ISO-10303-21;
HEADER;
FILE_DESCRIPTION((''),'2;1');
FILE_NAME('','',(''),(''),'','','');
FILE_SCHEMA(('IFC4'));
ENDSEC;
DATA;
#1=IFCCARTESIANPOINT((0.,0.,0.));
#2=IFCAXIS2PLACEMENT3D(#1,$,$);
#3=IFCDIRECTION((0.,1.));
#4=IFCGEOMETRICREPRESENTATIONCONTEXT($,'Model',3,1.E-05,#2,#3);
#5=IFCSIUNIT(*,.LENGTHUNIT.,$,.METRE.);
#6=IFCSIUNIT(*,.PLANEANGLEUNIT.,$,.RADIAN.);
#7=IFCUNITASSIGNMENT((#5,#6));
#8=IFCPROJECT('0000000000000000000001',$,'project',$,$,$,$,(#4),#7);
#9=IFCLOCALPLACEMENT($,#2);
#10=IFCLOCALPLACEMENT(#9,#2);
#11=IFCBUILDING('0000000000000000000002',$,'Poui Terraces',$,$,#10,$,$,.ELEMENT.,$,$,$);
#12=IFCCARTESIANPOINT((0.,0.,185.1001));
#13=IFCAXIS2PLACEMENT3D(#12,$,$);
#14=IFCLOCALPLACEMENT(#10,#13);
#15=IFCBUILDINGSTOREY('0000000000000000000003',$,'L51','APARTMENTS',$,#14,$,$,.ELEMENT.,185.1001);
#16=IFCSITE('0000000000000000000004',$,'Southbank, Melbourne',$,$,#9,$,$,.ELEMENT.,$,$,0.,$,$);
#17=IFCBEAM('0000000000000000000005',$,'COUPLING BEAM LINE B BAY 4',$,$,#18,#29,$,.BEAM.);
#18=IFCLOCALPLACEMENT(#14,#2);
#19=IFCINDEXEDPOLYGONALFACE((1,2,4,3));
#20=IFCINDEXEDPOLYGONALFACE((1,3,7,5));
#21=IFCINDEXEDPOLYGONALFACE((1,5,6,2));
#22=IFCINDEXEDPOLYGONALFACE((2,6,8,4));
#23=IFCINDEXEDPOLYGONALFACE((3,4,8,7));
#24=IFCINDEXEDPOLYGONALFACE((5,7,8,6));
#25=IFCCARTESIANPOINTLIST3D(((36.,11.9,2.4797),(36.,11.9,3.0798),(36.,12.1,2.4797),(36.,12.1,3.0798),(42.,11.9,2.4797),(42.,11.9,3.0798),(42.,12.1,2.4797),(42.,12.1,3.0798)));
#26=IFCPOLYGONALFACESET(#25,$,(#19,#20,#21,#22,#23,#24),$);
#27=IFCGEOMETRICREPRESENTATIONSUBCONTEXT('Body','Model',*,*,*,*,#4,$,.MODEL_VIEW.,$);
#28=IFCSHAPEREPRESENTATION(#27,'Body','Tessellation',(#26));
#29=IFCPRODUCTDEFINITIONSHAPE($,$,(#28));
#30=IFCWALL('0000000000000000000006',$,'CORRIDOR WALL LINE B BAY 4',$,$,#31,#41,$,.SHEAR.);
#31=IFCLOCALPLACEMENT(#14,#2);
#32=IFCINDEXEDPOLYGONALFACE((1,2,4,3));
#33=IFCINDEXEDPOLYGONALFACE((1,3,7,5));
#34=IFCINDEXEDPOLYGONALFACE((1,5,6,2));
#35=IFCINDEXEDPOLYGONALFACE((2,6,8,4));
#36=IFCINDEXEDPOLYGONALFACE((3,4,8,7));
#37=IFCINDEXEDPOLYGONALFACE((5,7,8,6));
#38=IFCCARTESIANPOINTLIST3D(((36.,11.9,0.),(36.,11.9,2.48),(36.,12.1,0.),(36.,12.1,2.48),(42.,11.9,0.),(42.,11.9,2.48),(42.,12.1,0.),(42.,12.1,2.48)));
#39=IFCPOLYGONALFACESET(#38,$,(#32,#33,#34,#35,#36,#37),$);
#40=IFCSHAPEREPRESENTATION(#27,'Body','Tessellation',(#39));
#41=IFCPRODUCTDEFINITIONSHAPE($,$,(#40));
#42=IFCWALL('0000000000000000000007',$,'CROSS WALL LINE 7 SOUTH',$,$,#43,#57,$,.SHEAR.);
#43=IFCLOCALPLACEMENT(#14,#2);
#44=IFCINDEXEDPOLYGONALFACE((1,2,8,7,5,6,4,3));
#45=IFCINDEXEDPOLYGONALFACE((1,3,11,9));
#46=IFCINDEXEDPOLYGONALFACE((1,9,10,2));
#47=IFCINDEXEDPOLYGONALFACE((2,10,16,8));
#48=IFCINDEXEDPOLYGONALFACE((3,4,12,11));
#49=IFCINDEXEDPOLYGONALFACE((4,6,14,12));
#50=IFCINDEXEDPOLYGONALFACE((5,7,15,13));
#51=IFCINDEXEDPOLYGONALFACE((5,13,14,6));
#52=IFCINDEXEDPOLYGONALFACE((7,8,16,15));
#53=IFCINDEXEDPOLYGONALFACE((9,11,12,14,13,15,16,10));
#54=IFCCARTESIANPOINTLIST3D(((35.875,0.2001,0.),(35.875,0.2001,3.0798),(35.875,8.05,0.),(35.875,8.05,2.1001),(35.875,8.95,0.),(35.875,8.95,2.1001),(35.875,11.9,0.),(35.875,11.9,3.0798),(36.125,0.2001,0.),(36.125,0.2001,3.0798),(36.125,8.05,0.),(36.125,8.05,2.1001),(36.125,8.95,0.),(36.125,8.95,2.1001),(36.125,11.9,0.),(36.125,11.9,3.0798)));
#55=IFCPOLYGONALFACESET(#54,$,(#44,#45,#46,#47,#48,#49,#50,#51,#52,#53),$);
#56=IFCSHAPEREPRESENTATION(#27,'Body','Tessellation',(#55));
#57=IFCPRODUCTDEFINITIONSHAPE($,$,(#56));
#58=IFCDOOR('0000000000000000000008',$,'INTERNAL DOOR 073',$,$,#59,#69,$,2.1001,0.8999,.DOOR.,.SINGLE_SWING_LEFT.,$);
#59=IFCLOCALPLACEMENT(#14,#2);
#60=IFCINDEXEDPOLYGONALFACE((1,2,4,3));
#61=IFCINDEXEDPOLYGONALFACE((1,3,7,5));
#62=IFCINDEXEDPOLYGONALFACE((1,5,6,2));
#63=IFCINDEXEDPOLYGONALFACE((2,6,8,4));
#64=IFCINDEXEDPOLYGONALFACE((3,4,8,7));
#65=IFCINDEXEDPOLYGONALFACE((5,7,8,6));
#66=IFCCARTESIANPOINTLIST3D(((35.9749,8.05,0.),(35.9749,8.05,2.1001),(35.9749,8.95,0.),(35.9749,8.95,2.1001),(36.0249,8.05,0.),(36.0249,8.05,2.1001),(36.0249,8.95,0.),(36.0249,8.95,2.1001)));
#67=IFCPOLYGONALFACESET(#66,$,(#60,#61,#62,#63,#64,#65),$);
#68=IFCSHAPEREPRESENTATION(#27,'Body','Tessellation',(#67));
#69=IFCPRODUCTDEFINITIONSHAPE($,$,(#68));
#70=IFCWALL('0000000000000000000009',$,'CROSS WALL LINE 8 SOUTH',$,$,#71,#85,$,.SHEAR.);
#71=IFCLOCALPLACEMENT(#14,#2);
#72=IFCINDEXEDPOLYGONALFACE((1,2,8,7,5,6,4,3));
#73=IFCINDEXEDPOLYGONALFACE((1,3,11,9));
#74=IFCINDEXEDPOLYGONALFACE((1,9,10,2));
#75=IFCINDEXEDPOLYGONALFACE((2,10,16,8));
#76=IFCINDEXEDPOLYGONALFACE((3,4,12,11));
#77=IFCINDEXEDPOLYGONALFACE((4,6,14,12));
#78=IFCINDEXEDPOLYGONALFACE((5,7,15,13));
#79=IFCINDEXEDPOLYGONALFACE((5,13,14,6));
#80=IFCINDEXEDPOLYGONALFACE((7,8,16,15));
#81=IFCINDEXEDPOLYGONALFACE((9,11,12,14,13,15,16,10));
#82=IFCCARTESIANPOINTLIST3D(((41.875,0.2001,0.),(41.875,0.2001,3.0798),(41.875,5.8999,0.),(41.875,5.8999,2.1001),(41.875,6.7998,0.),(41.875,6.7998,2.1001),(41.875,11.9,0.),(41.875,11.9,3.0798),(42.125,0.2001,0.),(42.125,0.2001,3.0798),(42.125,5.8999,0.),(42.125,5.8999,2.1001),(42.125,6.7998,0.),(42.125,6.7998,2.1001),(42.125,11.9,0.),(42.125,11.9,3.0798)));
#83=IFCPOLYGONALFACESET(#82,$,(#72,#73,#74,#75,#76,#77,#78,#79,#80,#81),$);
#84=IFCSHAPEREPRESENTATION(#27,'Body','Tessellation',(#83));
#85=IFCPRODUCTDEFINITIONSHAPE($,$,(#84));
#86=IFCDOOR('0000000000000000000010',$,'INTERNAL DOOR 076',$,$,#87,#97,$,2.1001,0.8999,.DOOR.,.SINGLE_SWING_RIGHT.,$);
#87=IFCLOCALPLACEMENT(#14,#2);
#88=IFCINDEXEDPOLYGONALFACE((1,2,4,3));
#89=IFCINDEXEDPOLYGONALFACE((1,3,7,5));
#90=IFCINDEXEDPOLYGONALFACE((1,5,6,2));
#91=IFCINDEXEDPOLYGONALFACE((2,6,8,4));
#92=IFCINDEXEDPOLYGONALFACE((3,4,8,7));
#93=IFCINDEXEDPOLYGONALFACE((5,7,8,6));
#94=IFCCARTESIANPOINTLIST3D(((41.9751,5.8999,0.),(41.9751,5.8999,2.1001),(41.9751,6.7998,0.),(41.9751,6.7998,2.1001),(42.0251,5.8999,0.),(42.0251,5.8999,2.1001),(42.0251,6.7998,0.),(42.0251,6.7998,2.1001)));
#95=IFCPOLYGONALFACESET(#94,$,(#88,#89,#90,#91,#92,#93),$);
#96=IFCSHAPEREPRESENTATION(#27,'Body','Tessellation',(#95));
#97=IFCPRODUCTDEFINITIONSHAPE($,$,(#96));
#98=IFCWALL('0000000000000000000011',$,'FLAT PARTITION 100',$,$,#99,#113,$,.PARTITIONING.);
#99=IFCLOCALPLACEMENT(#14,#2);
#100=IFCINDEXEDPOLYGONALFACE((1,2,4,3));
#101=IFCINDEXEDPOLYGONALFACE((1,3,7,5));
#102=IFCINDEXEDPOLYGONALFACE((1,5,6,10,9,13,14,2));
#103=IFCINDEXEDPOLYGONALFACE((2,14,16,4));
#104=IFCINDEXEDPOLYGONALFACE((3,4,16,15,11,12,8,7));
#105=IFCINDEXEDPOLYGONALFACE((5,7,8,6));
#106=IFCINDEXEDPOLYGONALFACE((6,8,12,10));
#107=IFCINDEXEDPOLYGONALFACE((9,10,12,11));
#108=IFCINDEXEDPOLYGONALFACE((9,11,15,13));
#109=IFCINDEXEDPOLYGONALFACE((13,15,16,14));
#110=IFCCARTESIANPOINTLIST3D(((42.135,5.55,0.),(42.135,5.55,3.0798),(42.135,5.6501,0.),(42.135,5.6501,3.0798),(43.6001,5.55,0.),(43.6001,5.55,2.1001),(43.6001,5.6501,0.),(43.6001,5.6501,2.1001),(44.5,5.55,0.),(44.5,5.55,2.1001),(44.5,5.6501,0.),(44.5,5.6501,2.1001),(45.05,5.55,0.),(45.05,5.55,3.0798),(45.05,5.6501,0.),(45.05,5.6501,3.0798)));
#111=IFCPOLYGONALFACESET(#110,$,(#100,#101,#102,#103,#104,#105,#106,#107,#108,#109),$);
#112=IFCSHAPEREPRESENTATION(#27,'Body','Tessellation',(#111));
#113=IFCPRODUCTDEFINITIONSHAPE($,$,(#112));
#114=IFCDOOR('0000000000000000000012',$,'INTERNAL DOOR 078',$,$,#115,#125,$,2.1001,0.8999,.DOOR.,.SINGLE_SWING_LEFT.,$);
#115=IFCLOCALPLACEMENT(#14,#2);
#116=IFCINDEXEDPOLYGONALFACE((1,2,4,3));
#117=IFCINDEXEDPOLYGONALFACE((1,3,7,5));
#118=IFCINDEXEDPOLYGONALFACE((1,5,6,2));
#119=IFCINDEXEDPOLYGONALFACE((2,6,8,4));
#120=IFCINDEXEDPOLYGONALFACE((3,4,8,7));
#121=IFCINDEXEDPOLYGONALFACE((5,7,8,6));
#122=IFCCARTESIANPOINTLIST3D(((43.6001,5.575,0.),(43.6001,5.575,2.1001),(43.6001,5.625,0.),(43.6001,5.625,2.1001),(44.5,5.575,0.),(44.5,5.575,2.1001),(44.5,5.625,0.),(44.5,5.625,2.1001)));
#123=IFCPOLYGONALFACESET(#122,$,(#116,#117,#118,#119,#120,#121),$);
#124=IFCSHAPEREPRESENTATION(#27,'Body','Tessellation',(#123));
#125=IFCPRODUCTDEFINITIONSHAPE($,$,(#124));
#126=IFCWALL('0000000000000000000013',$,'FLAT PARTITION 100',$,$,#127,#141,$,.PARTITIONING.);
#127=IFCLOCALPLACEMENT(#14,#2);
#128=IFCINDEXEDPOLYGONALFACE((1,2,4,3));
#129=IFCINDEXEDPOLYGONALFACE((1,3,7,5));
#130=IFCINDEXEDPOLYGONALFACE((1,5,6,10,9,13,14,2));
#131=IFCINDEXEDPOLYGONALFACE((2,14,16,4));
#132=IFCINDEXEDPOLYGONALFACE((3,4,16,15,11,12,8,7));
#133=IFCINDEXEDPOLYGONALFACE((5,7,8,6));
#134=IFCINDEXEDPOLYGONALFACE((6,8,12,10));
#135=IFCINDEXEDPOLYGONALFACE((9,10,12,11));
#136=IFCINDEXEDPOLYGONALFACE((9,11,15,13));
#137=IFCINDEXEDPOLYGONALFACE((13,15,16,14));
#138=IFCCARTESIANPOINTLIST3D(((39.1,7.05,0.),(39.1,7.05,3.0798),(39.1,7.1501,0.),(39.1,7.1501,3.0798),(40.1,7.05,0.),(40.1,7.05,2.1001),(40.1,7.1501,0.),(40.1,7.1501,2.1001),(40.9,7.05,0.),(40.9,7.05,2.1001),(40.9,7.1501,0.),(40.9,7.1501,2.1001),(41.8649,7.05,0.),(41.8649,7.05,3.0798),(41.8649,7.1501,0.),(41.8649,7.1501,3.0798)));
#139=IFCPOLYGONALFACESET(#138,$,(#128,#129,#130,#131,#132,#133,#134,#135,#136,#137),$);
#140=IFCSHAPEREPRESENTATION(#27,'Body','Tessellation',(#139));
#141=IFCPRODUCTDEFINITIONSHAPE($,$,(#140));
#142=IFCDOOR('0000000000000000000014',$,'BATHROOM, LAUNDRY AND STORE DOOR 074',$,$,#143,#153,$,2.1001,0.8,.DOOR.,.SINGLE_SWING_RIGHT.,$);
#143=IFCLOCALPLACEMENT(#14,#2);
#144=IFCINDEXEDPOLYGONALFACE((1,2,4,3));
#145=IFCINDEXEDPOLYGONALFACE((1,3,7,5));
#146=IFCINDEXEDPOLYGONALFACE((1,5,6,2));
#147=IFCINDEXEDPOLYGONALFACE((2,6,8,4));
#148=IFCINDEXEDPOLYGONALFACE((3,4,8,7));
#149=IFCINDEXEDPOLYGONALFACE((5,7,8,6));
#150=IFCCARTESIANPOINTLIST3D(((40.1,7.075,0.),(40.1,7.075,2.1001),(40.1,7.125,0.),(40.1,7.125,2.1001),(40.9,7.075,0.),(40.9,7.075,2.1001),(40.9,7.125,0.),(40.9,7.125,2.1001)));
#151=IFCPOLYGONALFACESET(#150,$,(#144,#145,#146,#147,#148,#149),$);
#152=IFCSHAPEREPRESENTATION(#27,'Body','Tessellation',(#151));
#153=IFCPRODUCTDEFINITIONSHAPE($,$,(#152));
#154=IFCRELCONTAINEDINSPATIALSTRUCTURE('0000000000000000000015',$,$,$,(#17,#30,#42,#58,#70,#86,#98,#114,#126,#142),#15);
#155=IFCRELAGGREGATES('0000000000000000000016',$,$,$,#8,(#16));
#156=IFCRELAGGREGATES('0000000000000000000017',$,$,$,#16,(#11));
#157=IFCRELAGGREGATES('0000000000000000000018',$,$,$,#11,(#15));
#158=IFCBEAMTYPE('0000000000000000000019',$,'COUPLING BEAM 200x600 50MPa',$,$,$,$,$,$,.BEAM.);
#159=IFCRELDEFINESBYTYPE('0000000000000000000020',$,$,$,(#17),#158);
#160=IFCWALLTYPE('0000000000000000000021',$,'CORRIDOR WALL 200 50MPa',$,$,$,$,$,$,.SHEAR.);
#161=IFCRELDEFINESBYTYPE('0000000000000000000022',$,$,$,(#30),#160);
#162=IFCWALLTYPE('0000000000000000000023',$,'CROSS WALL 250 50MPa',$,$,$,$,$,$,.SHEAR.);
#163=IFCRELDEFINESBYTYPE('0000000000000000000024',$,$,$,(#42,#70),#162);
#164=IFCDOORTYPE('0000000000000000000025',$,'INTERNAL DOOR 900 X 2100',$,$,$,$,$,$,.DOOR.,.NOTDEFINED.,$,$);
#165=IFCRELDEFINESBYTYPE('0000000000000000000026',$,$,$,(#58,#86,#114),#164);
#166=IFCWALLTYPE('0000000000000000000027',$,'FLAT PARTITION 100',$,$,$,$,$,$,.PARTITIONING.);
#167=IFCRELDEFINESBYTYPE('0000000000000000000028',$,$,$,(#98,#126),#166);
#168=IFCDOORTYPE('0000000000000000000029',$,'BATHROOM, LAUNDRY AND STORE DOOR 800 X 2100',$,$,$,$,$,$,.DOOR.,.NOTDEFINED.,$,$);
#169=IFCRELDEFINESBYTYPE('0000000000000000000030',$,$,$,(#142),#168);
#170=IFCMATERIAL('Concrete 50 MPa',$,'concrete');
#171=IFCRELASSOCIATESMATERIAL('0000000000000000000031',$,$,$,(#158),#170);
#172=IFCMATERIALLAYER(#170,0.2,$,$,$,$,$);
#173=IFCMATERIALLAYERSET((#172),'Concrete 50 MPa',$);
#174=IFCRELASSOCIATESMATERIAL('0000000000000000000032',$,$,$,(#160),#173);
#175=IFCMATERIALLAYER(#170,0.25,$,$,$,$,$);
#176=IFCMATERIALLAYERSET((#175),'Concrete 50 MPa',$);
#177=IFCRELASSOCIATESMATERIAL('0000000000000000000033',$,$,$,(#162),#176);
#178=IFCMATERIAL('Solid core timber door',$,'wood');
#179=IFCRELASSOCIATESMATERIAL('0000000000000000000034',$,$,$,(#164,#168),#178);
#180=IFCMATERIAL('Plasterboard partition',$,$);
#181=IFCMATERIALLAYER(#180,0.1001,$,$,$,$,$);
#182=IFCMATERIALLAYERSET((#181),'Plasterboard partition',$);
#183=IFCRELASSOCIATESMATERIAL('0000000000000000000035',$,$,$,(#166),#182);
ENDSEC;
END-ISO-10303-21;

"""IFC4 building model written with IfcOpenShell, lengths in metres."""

from ifc_helpers import new_model, si_unit, direction, frame, frame_2d, origin, origin_2d, place, context, subcontext, project, spatial, rectangle, extrude, source, transform, mapped, material, layer, layer_set, material_profile, profile_set, type_object, element, fill, save


model = new_model("IFC4")

# Units and contexts
model_context = context("Model", 3, precision=1e-05, world=origin(), true_north=direction((0.0, 1.0)))
body_context = subcontext(model_context, "Body", "Model", "MODEL_VIEW")
ifc_project = project(units=[si_unit("LENGTHUNIT", "METRE"), si_unit("PLANEANGLEUNIT", "RADIAN")], contexts=[model_context])

# Site, building, storey
site_placement = place(None, origin())
site = spatial("IfcSite", under=ifc_project, at=site_placement, Name="Southbank, Melbourne", CompositionType="ELEMENT", RefElevation=0.0)
building_placement = place(site_placement, origin())
building = spatial("IfcBuilding", under=site, at=building_placement, Name="Poui Terraces", CompositionType="ELEMENT")
storey_placement = place(building_placement, frame((0.0, 0.0, 185.1001)))
storey = spatial("IfcBuildingStorey", under=building, at=storey_placement, Name="L51", Description="APARTMENTS", CompositionType="ELEMENT", Elevation=185.1001)

# Beam
ifc_material_1 = material(Name="Concrete 50 MPa", Category="concrete")
ifc_material_profile = material_profile(ifc_material_1, rectangle(XDim=0.2, YDim=0.6001, at=origin_2d()), Name="RC 200x600")
ifc_profile_set = profile_set([ifc_material_profile], Name="Concrete 50 MPa")
beam_type = type_object("IfcBeamType", Name="COUPLING BEAM 200x600 50MPa", PredefinedType="BEAM", material=ifc_profile_set)
shared_shape = source(origin(), body_context, "Body", "SweptSolid", [
    extrude(rectangle(XDim=0.2, YDim=0.6001, at=origin_2d()), origin(), (0.0, 0.0, 1.0), 6.0),
])
beam_placement = place(storey_placement, frame((36.0, 12.0, 2.7798), z_axis=(1.0, 0.0, 0.0), x_axis=(0.0, 1.0, 0.0)))
element("IfcBeam", 1, at=beam_placement, inside=storey, type_object=beam_type, Name="COUPLING BEAM LINE B BAY 4", PredefinedType="BEAM", context=body_context, shape_type="MappedRepresentation", body=[
    mapped(shared_shape, transform((0.0, 0.0, 0.0))),
])

# Wall
ifc_layer_1 = layer(ifc_material_1, 0.2)
ifc_layer_set_1 = layer_set([ifc_layer_1], Name="Concrete 50 MPa")
wall_type_1 = type_object("IfcWallType", Name="CORRIDOR WALL 200 50MPa", PredefinedType="SHEAR", material=ifc_layer_set_1)
wall_1_placement = place(storey_placement, frame((36.0, 12.0, 0.0), z_axis=(0.0, 0.0, 1.0), x_axis=(1.0, 0.0, 0.0)))
element("IfcWall", 2, at=wall_1_placement, inside=storey, type_object=wall_type_1, Name="CORRIDOR WALL LINE B BAY 4", PredefinedType="SHEAR", context=body_context, shape_type="SweptSolid", body=[
    extrude(rectangle(XDim=6.0, YDim=0.2, at=frame_2d((3.0, 0.0))), origin(), (0.0, 0.0, 1.0), 2.48),
])

# Walls, openings, doors
ifc_layer_2 = layer(ifc_material_1, 0.25)
ifc_layer_set_2 = layer_set([ifc_layer_2], Name="Concrete 50 MPa")
wall_type_2 = type_object("IfcWallType", Name="CROSS WALL 250 50MPa", PredefinedType="SHEAR", material=ifc_layer_set_2)
wall_2_placement = place(storey_placement, frame((36.0, 0.2, 0.0), z_axis=(0.0, 0.0, 1.0), x_axis=(0.0, 1.0, 0.0)))
wall_2 = element("IfcWall", 3, at=wall_2_placement, inside=storey, type_object=wall_type_2, Name="CROSS WALL LINE 7 SOUTH", PredefinedType="SHEAR", context=body_context, shape_type="SweptSolid", body=[
    extrude(rectangle(XDim=11.7, YDim=0.25, at=frame_2d((5.8501, 0.0))), origin(), (0.0, 0.0, 1.0), 3.0798),
])
opening_1_placement = place(wall_2_placement, frame((7.8501, 0.0, 0.0)))
opening_1 = element("IfcOpeningElement", 4, at=opening_1_placement, cuts=wall_2, PredefinedType="OPENING", context=body_context, shape_type="SweptSolid", body=[
    extrude(rectangle(XDim=0.8999, YDim=2.1001, at=frame_2d((0.45, 1.05))), frame((0.0, 0.135, 0.0), z_axis=(0.0, -1.0, 0.0), x_axis=(1.0, 0.0, 0.0)), (0.0, 0.0, 1.0), 0.27),
])
ifc_material_2 = material(Name="Solid core timber door", Category="wood")
door_type_1 = type_object("IfcDoorType", Name="INTERNAL DOOR 900 X 2100", OperationType="NOTDEFINED", PredefinedType="DOOR", material=ifc_material_2)
door_1_placement = place(opening_1_placement, frame((0.8999, 0.0, 0.0), z_axis=(0.0, 0.0, 1.0), x_axis=(-1.0, 0.0, 0.0)))
door_1 = element("IfcDoor", 5, at=door_1_placement, inside=storey, type_object=door_type_1, Name="INTERNAL DOOR 073", OperationType="SINGLE_SWING_LEFT", OverallHeight=2.1001, OverallWidth=0.8999, PredefinedType="DOOR", context=body_context, shape_type="SweptSolid", body=[
    extrude(rectangle(XDim=0.8999, YDim=2.1001, at=frame_2d((0.45, 1.05))), frame((0.0, 0.0249, 0.0), z_axis=(0.0, -1.0, 0.0), x_axis=(1.0, 0.0, 0.0)), (0.0, 0.0, 1.0), 0.05),
])
fill(opening_1, door_1)
wall_3_placement = place(storey_placement, frame((42.0, 0.2, 0.0), z_axis=(0.0, 0.0, 1.0), x_axis=(0.0, 1.0, 0.0)))
wall_3 = element("IfcWall", 6, at=wall_3_placement, inside=storey, type_object=wall_type_2, Name="CROSS WALL LINE 8 SOUTH", PredefinedType="SHEAR", context=body_context, shape_type="SweptSolid", body=[
    extrude(rectangle(XDim=11.7, YDim=0.25, at=frame_2d((5.8501, 0.0))), origin(), (0.0, 0.0, 1.0), 3.0798),
])
opening_2_placement = place(wall_3_placement, frame((5.7, 0.0, 0.0)))
opening_2 = element("IfcOpeningElement", 7, at=opening_2_placement, cuts=wall_3, PredefinedType="OPENING", context=body_context, shape_type="SweptSolid", body=[
    extrude(rectangle(XDim=0.8999, YDim=2.1001, at=frame_2d((0.45, 1.05))), frame((0.0, 0.135, 0.0), z_axis=(0.0, -1.0, 0.0), x_axis=(1.0, 0.0, 0.0)), (0.0, 0.0, 1.0), 0.27),
])
door_2_placement = place(opening_2_placement, origin())
door_2 = element("IfcDoor", 8, at=door_2_placement, inside=storey, type_object=door_type_1, Name="INTERNAL DOOR 076", OperationType="SINGLE_SWING_RIGHT", OverallHeight=2.1001, OverallWidth=0.8999, PredefinedType="DOOR", context=body_context, shape_type="SweptSolid", body=[
    extrude(rectangle(XDim=0.8999, YDim=2.1001, at=frame_2d((0.45, 1.05))), frame((0.0, 0.0249, 0.0), z_axis=(0.0, -1.0, 0.0), x_axis=(1.0, 0.0, 0.0)), (0.0, 0.0, 1.0), 0.05),
])
fill(opening_2, door_2)
ifc_material_3 = material(Name="Plasterboard partition")
ifc_layer_3 = layer(ifc_material_3, 0.1001)
ifc_layer_set_3 = layer_set([ifc_layer_3], Name="Plasterboard partition")
wall_type_3 = type_object("IfcWallType", Name="FLAT PARTITION 100", PredefinedType="PARTITIONING", material=ifc_layer_set_3)
wall_4_placement = place(storey_placement, frame((42.135, 5.6001, 0.0), z_axis=(0.0, 0.0, 1.0), x_axis=(1.0, 0.0, 0.0)))
wall_4 = element("IfcWall", 9, at=wall_4_placement, inside=storey, type_object=wall_type_3, Name="FLAT PARTITION 100", PredefinedType="PARTITIONING", context=body_context, shape_type="SweptSolid", body=[
    extrude(rectangle(XDim=2.915, YDim=0.1001, at=frame_2d((1.4575, 0.0))), origin(), (0.0, 0.0, 1.0), 3.0798),
])
opening_3_placement = place(wall_4_placement, frame((1.4651, 0.0, 0.0)))
opening_3 = element("IfcOpeningElement", 10, at=opening_3_placement, cuts=wall_4, PredefinedType="OPENING", context=body_context, shape_type="SweptSolid", body=[
    extrude(rectangle(XDim=0.8999, YDim=2.1001, at=frame_2d((0.45, 1.05))), frame((0.0, 0.0601, 0.0), z_axis=(0.0, -1.0, 0.0), x_axis=(1.0, 0.0, 0.0)), (0.0, 0.0, 1.0), 0.1201),
])
door_3_placement = place(opening_3_placement, origin())
door_3 = element("IfcDoor", 11, at=door_3_placement, inside=storey, type_object=door_type_1, Name="INTERNAL DOOR 078", OperationType="SINGLE_SWING_LEFT", OverallHeight=2.1001, OverallWidth=0.8999, PredefinedType="DOOR", context=body_context, shape_type="SweptSolid", body=[
    extrude(rectangle(XDim=0.8999, YDim=2.1001, at=frame_2d((0.45, 1.05))), frame((0.0, 0.0249, 0.0), z_axis=(0.0, -1.0, 0.0), x_axis=(1.0, 0.0, 0.0)), (0.0, 0.0, 1.0), 0.05),
])
fill(opening_3, door_3)
wall_5_placement = place(storey_placement, frame((39.1001, 7.1001, 0.0), z_axis=(0.0, 0.0, 1.0), x_axis=(1.0, 0.0, 0.0)))
wall_5 = element("IfcWall", 12, at=wall_5_placement, inside=storey, type_object=wall_type_3, Name="FLAT PARTITION 100", PredefinedType="PARTITIONING", context=body_context, shape_type="SweptSolid", body=[
    extrude(rectangle(XDim=2.7649, YDim=0.1001, at=frame_2d((1.3823, 0.0))), origin(), (0.0, 0.0, 1.0), 3.0798),
])
opening_4_placement = place(wall_5_placement, frame((1.0, 0.0, 0.0)))
opening_4 = element("IfcOpeningElement", 13, at=opening_4_placement, cuts=wall_5, PredefinedType="OPENING", context=body_context, shape_type="SweptSolid", body=[
    extrude(rectangle(XDim=0.8, YDim=2.1001, at=frame_2d((0.3999, 1.05))), frame((0.0, 0.0601, 0.0), z_axis=(0.0, -1.0, 0.0), x_axis=(1.0, 0.0, 0.0)), (0.0, 0.0, 1.0), 0.1201),
])
door_type_2 = type_object("IfcDoorType", Name="BATHROOM, LAUNDRY AND STORE DOOR 800 X 2100", OperationType="NOTDEFINED", PredefinedType="DOOR", material=ifc_material_2)
door_4_placement = place(opening_4_placement, origin())
door_4 = element("IfcDoor", 14, at=door_4_placement, inside=storey, type_object=door_type_2, Name="BATHROOM, LAUNDRY AND STORE DOOR 074", OperationType="SINGLE_SWING_RIGHT", OverallHeight=2.1001, OverallWidth=0.8, PredefinedType="DOOR", context=body_context, shape_type="SweptSolid", body=[
    extrude(rectangle(XDim=0.8, YDim=2.1001, at=frame_2d((0.3999, 1.05))), frame((0.0, 0.0249, 0.0), z_axis=(0.0, -1.0, 0.0), x_axis=(1.0, 0.0, 0.0)), (0.0, 0.0, 1.0), 0.05),
])
fill(opening_4, door_4)

save(model, "model.ifc")
